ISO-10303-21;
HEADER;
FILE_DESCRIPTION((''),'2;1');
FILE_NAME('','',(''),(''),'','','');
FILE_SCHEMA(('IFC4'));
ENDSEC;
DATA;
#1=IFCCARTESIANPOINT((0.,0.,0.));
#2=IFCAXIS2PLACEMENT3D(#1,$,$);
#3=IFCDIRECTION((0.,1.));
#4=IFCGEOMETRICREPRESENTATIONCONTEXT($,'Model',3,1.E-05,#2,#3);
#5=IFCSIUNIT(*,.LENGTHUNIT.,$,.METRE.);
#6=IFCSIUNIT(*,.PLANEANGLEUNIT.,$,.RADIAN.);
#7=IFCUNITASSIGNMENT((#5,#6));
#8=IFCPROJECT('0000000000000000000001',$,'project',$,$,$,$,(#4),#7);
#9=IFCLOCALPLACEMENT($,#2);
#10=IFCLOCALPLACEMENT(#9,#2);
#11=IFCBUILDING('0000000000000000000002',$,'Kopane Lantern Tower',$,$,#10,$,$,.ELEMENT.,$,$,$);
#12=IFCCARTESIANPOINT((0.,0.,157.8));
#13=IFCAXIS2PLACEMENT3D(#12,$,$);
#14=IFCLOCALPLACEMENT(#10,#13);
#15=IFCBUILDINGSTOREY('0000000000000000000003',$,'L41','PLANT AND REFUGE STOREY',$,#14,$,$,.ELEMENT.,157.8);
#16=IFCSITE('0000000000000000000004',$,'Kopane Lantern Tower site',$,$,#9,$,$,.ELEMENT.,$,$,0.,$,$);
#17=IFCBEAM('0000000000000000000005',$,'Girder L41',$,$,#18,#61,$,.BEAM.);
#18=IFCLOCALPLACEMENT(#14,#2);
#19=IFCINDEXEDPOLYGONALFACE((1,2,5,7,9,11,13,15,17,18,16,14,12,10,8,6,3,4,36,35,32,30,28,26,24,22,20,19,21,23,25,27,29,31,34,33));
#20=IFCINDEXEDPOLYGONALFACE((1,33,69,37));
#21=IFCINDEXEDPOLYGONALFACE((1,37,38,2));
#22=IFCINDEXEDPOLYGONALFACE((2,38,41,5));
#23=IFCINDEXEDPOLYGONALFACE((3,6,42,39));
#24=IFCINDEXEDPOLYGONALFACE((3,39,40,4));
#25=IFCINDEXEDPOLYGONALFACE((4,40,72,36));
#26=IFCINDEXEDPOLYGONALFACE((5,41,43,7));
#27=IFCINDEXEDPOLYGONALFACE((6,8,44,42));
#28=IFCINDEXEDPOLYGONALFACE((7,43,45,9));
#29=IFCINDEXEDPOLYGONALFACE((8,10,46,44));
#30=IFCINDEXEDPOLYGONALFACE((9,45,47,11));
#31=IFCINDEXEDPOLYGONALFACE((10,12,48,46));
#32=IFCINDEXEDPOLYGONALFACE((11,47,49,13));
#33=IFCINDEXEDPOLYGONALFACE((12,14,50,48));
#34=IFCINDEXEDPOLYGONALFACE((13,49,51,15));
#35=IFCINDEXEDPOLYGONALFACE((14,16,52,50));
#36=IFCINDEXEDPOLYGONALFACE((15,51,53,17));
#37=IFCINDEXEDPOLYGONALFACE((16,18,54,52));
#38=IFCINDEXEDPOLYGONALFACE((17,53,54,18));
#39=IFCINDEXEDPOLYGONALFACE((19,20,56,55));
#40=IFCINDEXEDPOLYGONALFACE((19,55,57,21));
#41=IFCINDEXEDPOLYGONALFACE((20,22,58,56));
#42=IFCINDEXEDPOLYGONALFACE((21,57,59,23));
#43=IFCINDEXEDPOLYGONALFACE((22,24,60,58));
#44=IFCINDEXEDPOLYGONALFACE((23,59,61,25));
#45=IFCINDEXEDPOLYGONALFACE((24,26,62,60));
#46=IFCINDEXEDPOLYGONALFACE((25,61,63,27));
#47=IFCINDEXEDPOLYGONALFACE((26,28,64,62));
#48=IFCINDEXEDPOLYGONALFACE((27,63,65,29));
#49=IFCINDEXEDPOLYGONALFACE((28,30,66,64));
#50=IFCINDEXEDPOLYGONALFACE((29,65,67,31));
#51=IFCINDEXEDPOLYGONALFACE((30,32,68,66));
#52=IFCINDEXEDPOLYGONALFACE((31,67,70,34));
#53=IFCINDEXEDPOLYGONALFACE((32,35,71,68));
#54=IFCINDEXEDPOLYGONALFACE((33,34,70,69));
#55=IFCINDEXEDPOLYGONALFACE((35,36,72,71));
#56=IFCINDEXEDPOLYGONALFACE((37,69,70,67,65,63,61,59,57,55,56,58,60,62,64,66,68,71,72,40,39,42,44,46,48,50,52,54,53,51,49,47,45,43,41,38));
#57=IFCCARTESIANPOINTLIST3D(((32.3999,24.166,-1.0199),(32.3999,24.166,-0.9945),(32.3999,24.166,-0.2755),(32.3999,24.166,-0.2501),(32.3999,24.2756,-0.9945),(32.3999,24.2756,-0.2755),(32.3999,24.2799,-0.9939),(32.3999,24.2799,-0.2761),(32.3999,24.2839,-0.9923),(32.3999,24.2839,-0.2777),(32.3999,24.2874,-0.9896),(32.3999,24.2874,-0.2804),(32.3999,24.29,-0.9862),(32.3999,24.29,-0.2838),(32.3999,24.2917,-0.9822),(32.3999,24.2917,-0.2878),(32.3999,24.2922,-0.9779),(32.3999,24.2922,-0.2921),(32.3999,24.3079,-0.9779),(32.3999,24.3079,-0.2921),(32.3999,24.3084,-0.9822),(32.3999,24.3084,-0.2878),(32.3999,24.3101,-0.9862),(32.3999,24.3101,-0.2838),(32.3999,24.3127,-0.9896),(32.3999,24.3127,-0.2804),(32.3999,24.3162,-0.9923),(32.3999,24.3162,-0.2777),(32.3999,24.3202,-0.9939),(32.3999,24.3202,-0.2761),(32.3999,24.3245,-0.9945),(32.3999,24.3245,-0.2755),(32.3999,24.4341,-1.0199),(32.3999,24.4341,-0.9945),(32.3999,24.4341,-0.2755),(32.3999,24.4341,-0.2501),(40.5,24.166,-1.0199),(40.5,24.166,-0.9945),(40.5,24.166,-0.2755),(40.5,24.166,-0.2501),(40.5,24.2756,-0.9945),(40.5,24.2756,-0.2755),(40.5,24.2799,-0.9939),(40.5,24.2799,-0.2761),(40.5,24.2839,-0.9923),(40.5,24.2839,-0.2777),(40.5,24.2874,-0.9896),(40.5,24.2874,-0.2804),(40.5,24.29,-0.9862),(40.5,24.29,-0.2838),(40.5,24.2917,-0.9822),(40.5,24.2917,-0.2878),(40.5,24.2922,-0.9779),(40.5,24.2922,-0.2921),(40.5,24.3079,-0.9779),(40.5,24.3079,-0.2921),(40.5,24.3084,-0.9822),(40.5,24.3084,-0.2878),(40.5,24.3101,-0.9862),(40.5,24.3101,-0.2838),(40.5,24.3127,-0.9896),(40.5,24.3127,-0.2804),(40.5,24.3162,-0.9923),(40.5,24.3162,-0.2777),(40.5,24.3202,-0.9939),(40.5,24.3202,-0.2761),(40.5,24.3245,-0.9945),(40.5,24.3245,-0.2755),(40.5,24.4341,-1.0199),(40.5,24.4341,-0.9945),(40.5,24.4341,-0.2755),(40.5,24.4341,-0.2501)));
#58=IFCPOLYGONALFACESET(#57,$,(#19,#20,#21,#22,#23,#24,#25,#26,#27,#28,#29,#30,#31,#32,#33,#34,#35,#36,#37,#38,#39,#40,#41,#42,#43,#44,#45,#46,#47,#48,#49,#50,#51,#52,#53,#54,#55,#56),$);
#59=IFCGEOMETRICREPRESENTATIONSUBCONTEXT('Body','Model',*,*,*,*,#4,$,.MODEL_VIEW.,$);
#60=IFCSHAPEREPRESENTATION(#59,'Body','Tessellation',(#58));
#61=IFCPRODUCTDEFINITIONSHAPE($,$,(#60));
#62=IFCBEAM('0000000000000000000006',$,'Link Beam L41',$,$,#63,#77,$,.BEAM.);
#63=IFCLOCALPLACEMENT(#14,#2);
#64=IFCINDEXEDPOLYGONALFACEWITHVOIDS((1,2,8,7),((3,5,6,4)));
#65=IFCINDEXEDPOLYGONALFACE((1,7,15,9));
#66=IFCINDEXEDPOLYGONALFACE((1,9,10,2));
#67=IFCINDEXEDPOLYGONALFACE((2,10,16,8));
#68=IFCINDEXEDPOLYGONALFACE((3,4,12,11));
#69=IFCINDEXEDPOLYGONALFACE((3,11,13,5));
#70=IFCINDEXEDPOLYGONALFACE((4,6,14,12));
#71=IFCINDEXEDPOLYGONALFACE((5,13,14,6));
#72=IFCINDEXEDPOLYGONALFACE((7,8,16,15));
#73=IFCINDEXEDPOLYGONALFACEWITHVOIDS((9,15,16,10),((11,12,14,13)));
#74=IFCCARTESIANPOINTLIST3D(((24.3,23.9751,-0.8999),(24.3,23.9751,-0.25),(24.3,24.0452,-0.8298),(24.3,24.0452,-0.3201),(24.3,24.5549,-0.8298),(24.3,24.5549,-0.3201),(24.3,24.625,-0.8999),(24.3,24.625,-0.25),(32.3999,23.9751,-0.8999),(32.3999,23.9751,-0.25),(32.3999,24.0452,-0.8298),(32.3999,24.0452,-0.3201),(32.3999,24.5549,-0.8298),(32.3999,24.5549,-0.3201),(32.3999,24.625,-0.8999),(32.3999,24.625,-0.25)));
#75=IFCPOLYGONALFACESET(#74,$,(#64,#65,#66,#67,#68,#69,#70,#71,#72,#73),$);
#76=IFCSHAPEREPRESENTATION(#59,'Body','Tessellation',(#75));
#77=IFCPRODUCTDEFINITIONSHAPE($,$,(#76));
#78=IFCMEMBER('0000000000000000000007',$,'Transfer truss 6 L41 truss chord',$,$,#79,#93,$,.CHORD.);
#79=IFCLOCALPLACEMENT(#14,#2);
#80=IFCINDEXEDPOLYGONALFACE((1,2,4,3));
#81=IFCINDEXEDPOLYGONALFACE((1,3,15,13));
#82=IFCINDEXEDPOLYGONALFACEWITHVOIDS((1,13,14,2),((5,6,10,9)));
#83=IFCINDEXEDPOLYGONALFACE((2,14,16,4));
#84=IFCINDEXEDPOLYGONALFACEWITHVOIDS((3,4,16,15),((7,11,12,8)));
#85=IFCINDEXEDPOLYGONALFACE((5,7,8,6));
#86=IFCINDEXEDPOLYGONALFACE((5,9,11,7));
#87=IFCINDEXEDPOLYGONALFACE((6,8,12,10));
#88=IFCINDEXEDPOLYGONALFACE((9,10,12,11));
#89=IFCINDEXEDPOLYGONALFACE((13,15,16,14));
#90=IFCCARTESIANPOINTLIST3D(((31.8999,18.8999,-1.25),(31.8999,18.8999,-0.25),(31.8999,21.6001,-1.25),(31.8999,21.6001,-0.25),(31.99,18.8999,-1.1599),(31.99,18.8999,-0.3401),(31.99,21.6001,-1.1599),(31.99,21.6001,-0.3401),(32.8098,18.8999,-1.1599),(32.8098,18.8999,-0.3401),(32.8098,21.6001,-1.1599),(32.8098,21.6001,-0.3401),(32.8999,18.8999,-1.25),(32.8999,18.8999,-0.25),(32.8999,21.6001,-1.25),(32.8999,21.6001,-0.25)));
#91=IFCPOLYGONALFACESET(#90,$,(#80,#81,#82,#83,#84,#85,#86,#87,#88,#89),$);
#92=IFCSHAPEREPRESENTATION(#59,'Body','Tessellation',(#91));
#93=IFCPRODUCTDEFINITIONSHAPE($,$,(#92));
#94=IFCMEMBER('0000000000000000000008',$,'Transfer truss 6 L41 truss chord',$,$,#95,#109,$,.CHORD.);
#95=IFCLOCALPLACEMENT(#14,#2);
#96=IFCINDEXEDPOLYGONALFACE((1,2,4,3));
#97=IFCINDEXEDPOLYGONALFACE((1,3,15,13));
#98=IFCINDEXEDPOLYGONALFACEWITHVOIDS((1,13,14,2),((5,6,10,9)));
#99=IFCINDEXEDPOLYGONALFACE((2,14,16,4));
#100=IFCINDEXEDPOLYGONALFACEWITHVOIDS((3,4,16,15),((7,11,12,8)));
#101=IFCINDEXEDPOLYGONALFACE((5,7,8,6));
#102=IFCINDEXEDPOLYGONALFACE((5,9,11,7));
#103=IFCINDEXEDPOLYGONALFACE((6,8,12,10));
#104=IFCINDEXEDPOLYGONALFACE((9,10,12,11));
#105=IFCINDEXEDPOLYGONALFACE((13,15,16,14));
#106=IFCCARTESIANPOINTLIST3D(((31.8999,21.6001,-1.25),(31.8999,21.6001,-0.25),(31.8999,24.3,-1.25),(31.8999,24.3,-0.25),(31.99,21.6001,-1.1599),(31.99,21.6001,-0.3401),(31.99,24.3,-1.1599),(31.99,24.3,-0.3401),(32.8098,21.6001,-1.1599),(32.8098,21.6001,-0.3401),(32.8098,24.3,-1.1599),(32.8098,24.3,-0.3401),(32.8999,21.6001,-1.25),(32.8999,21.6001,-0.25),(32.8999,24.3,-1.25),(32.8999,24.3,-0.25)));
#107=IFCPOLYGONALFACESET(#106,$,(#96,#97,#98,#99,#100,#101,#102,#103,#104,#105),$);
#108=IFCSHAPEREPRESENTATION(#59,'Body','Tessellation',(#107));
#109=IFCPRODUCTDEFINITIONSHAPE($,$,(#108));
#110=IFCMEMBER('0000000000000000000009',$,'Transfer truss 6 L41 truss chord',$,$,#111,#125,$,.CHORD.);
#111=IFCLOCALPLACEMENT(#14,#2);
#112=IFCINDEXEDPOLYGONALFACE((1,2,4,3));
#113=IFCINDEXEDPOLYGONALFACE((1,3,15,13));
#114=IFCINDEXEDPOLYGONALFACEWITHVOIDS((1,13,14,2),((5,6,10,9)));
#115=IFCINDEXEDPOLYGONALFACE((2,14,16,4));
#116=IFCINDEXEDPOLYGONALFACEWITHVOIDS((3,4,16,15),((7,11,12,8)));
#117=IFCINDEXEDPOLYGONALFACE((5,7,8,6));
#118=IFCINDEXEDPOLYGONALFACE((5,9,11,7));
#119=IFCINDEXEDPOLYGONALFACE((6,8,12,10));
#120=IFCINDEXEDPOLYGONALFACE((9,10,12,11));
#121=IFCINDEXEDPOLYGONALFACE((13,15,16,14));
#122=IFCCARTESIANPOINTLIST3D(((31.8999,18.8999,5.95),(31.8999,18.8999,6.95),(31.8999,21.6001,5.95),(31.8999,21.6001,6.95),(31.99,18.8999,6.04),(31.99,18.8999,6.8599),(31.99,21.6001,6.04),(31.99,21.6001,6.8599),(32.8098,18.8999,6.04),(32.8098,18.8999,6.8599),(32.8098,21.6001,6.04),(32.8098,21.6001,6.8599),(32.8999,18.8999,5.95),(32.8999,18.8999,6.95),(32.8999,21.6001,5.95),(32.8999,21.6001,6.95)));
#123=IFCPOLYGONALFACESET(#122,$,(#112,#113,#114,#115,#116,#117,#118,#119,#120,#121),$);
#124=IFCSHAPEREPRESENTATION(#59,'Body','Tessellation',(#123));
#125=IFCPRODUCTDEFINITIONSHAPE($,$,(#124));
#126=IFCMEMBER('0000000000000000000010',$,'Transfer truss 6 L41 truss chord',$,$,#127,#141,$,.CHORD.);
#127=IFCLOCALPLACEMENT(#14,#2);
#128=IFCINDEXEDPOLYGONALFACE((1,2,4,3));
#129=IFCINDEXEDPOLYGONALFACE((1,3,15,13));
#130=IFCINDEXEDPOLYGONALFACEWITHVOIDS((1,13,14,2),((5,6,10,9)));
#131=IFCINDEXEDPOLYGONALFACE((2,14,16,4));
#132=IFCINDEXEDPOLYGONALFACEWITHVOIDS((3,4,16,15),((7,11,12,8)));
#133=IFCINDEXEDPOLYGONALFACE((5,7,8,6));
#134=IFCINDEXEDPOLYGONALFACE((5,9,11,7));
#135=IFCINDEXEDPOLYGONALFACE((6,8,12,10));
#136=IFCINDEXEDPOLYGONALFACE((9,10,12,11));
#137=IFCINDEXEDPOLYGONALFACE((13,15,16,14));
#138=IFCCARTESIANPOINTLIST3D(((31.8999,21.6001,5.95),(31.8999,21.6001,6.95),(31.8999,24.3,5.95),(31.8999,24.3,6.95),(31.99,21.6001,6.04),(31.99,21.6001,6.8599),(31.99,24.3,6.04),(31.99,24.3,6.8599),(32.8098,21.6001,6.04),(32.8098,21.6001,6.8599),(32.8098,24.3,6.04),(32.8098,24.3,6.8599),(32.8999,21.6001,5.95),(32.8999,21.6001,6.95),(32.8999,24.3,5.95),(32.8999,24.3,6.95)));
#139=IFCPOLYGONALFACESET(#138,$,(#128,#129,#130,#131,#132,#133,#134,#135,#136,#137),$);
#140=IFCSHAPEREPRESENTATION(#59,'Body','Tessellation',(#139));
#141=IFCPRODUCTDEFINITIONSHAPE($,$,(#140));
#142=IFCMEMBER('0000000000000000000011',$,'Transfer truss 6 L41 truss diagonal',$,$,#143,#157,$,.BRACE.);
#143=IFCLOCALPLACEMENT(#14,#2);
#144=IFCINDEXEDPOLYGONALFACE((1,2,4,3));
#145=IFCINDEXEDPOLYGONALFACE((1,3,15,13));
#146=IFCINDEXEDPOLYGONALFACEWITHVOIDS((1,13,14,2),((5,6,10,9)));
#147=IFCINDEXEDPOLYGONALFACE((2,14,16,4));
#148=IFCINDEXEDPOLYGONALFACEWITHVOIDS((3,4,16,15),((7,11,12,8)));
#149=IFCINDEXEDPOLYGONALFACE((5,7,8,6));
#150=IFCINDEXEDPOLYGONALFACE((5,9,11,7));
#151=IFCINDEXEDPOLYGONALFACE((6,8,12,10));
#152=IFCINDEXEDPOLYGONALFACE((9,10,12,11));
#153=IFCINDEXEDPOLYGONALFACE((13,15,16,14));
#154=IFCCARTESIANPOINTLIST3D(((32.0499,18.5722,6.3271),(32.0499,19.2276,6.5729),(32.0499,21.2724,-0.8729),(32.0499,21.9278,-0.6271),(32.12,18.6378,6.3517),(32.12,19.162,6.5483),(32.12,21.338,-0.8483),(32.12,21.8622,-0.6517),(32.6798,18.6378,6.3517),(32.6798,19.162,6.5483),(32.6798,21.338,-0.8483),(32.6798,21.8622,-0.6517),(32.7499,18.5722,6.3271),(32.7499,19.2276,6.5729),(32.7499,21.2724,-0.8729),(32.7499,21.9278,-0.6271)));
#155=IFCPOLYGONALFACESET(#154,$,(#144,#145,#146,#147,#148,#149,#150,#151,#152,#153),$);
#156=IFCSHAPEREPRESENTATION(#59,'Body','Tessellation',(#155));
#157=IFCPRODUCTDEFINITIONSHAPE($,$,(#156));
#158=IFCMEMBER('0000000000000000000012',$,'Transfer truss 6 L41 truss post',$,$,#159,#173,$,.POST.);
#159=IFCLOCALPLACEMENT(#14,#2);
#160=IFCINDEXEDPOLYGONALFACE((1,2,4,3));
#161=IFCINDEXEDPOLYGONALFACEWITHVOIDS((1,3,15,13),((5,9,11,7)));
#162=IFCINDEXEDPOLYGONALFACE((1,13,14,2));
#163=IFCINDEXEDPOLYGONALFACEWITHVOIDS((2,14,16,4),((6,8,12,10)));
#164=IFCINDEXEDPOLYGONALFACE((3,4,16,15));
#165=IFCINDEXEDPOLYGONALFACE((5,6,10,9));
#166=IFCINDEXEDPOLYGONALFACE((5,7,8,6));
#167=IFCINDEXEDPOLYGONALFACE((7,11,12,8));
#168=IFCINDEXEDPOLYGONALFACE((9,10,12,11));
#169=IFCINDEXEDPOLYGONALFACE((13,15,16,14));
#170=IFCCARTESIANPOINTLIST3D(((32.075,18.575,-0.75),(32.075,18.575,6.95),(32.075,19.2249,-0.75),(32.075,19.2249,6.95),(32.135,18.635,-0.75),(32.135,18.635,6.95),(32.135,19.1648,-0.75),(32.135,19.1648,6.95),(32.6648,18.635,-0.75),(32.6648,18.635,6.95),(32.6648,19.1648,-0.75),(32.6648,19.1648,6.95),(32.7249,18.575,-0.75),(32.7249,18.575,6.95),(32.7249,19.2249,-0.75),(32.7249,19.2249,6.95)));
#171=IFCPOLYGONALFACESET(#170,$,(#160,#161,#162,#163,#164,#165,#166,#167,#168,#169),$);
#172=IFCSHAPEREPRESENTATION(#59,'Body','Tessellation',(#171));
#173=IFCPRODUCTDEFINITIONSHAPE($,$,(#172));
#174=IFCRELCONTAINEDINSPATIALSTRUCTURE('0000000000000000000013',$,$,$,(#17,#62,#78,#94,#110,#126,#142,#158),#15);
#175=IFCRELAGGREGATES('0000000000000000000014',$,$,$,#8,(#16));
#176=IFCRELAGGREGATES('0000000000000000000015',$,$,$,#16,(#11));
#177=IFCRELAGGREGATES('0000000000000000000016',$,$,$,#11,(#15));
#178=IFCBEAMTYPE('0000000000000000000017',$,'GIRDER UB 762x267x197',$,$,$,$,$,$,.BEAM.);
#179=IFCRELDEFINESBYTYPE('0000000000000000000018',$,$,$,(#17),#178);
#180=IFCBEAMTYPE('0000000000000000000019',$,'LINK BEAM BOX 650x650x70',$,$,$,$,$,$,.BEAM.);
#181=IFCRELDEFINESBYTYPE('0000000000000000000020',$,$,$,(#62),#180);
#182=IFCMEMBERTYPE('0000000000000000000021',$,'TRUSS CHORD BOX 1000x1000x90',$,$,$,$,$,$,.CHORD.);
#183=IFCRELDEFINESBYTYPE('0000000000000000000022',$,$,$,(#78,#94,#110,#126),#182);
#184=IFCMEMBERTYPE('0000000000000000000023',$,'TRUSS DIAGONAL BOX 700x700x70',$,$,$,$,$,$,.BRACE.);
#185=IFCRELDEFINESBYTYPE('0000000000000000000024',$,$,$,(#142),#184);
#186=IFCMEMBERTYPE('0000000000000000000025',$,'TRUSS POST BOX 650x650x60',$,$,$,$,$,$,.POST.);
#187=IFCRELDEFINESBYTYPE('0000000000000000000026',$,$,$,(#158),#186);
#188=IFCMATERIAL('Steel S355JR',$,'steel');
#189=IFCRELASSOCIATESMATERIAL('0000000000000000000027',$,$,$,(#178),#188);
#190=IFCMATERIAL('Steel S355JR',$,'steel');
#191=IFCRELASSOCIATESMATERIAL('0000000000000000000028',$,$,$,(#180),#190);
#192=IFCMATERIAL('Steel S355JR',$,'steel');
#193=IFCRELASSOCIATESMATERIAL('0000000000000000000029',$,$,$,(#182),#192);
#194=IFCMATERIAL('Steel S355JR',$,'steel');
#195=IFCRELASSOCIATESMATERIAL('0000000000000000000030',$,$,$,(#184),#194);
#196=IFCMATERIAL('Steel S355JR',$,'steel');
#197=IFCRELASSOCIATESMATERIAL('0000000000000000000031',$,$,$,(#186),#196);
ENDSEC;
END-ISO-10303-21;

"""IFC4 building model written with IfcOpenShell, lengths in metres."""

from ifc_helpers import new_model, si_unit, direction, frame, origin, origin_2d, place, context, subcontext, project, spatial, hollow_rectangle, i_section, extrude, material, material_profile, profile_set, type_object, element, save


model = new_model("IFC4")

# Units and contexts
model_context = context("Model", 3, precision=1e-05, world=origin(), true_north=direction((0.0, 1.0)))
body_context = subcontext(model_context, "Body", "Model", "MODEL_VIEW")
ifc_project = project(units=[si_unit("LENGTHUNIT", "METRE"), si_unit("PLANEANGLEUNIT", "RADIAN")], contexts=[model_context])

# Site, building, storey
site_placement = place(None, origin())
site = spatial("IfcSite", under=ifc_project, at=site_placement, Name="Kopane Lantern Tower site", CompositionType="ELEMENT", RefElevation=0.0)
building_placement = place(site_placement, origin())
building = spatial("IfcBuilding", under=site, at=building_placement, Name="Kopane Lantern Tower", CompositionType="ELEMENT")
storey_placement = place(building_placement, frame((0.0, 0.0, 157.8)))
storey = spatial("IfcBuildingStorey", under=building, at=storey_placement, Name="L41", Description="PLANT AND REFUGE STOREY", CompositionType="ELEMENT", Elevation=157.8)

# Beams
ifc_material_1 = material(Name="Steel S355JR", Category="steel")
ifc_material_profile_1 = material_profile(ifc_material_1, i_section(OverallWidth=0.2681, OverallDepth=0.7698, WebThickness=0.0156, FlangeThickness=0.0254, FilletRadius=0.0166, at=origin_2d()), Name="UB 762x267x197")
ifc_profile_set_1 = profile_set([ifc_material_profile_1], Name="Steel S355JR")
beam_type_1 = type_object("IfcBeamType", Name="GIRDER UB 762x267x197", PredefinedType="BEAM", material=ifc_profile_set_1)
for number, where, z_axis, x_axis, name in (
    (1, (32.3999, 24.3, -0.635), (1.0, 0.0, 0.0), (0.0, 1.0, 0.0), "Girder L41"),
):
    element("IfcBeam", number, at=place(storey_placement, frame(where, z_axis=z_axis, x_axis=x_axis)), inside=storey, type_object=beam_type_1, Name=name, PredefinedType="BEAM", context=body_context, shape_type="SweptSolid", body=[
        extrude(i_section(OverallWidth=0.2681, OverallDepth=0.7698, WebThickness=0.0156, FlangeThickness=0.0254, FilletRadius=0.0166, at=origin_2d()), origin(), (0.0, 0.0, 1.0), 8.1001),
    ])
ifc_material_2 = material(Name="Steel S355JR", Category="steel")
ifc_material_profile_2 = material_profile(ifc_material_2, hollow_rectangle(XDim=0.6499, YDim=0.6499, WallThickness=0.0701, at=origin_2d()), Name="BOX 650x650x70")
ifc_profile_set_2 = profile_set([ifc_material_profile_2], Name="Steel S355JR")
beam_type_2 = type_object("IfcBeamType", Name="LINK BEAM BOX 650x650x70", PredefinedType="BEAM", material=ifc_profile_set_2)
beam_1_placement = place(storey_placement, frame((24.3, 24.3, -0.575), z_axis=(1.0, 0.0, 0.0), x_axis=(0.0, 1.0, 0.0)))
element("IfcBeam", 2, at=beam_1_placement, inside=storey, type_object=beam_type_2, Name="Link Beam L41", PredefinedType="BEAM", context=body_context, shape_type="SweptSolid", body=[
    extrude(hollow_rectangle(XDim=0.6499, YDim=0.6499, WallThickness=0.0701, at=origin_2d()), origin(), (0.0, 0.0, 1.0), 8.0999),
])

# Members
ifc_material_3 = material(Name="Steel S355JR", Category="steel")
ifc_material_profile_3 = material_profile(ifc_material_3, hollow_rectangle(XDim=1.0, YDim=1.0, WallThickness=0.0901, at=origin_2d()), Name="BOX 1000x1000x90")
ifc_profile_set_3 = profile_set([ifc_material_profile_3], Name="Steel S355JR")
member_type_1 = type_object("IfcMemberType", Name="TRUSS CHORD BOX 1000x1000x90", PredefinedType="CHORD", material=ifc_profile_set_3)
member_1_placement = place(storey_placement, frame((32.3999, 18.8999, -0.75), z_axis=(0.0, 1.0, 0.0), x_axis=(-1.0, 0.0, 0.0)))
element("IfcMember", 3, at=member_1_placement, inside=storey, type_object=member_type_1, Name="Transfer truss 6 L41 truss chord", PredefinedType="CHORD", context=body_context, shape_type="SweptSolid", body=[
    extrude(hollow_rectangle(XDim=1.0, YDim=1.0, WallThickness=0.0901, at=origin_2d()), origin(), (0.0, 0.0, 1.0), 2.7002),
])
member_2_placement = place(storey_placement, frame((32.3999, 21.6001, -0.75), z_axis=(0.0, 1.0, 0.0), x_axis=(-1.0, 0.0, 0.0)))
element("IfcMember", 4, at=member_2_placement, inside=storey, type_object=member_type_1, Name="Transfer truss 6 L41 truss chord", PredefinedType="CHORD", context=body_context, shape_type="SweptSolid", body=[
    extrude(hollow_rectangle(XDim=1.0, YDim=1.0, WallThickness=0.0901, at=origin_2d()), origin(), (0.0, 0.0, 1.0), 2.7),
])
member_3_placement = place(storey_placement, frame((32.3999, 18.8999, 6.45), z_axis=(0.0, 1.0, 0.0), x_axis=(-1.0, 0.0, 0.0)))
element("IfcMember", 5, at=member_3_placement, inside=storey, type_object=member_type_1, Name="Transfer truss 6 L41 truss chord", PredefinedType="CHORD", context=body_context, shape_type="SweptSolid", body=[
    extrude(hollow_rectangle(XDim=1.0, YDim=1.0, WallThickness=0.0901, at=origin_2d()), origin(), (0.0, 0.0, 1.0), 2.7002),
])
member_4_placement = place(storey_placement, frame((32.3999, 21.6001, 6.45), z_axis=(0.0, 1.0, 0.0), x_axis=(-1.0, 0.0, 0.0)))
element("IfcMember", 6, at=member_4_placement, inside=storey, type_object=member_type_1, Name="Transfer truss 6 L41 truss chord", PredefinedType="CHORD", context=body_context, shape_type="SweptSolid", body=[
    extrude(hollow_rectangle(XDim=1.0, YDim=1.0, WallThickness=0.0901, at=origin_2d()), origin(), (0.0, 0.0, 1.0), 2.7),
])
ifc_material_4 = material(Name="Steel S355JR", Category="steel")
ifc_material_profile_4 = material_profile(ifc_material_4, hollow_rectangle(XDim=0.7, YDim=0.7, WallThickness=0.0701, at=origin_2d()), Name="BOX 700x700x70")
ifc_profile_set_4 = profile_set([ifc_material_profile_4], Name="Steel S355JR")
member_type_2 = type_object("IfcMemberType", Name="TRUSS DIAGONAL BOX 700x700x70", PredefinedType="BRACE", material=ifc_profile_set_4)
member_5_placement = place(storey_placement, frame((32.3999, 21.6001, -0.75), z_axis=(0.0, -0.351148, 0.93632), x_axis=(1.0, 0.0, 0.0)))
element("IfcMember", 7, at=member_5_placement, inside=storey, type_object=member_type_2, Name="Transfer truss 6 L41 truss diagonal", PredefinedType="BRACE", context=body_context, shape_type="SweptSolid", body=[
    extrude(hollow_rectangle(XDim=0.7, YDim=0.7, WallThickness=0.0701, at=origin_2d()), origin(), (0.0, 0.0, 1.0), 7.6897),
])
ifc_material_5 = material(Name="Steel S355JR", Category="steel")
ifc_material_profile_5 = material_profile(ifc_material_5, hollow_rectangle(XDim=0.6499, YDim=0.6499, WallThickness=0.0601, at=origin_2d()), Name="BOX 650x650x60")
ifc_profile_set_5 = profile_set([ifc_material_profile_5], Name="Steel S355JR")
member_type_3 = type_object("IfcMemberType", Name="TRUSS POST BOX 650x650x60", PredefinedType="POST", material=ifc_profile_set_5)
for number, where, z_axis, x_axis, name in (
    (8, (32.3999, 18.8999, -0.75), (0.0, 0.0, 1.0), (1.0, 0.0, 0.0), "Transfer truss 6 L41 truss post"),
):
    element("IfcMember", number, at=place(storey_placement, frame(where, z_axis=z_axis, x_axis=x_axis)), inside=storey, type_object=member_type_3, Name=name, PredefinedType="POST", context=body_context, shape_type="SweptSolid", body=[
        extrude(hollow_rectangle(XDim=0.6499, YDim=0.6499, WallThickness=0.0601, at=origin_2d()), origin(), (0.0, 0.0, 1.0), 7.7),
    ])

save(model, "model.ifc")
